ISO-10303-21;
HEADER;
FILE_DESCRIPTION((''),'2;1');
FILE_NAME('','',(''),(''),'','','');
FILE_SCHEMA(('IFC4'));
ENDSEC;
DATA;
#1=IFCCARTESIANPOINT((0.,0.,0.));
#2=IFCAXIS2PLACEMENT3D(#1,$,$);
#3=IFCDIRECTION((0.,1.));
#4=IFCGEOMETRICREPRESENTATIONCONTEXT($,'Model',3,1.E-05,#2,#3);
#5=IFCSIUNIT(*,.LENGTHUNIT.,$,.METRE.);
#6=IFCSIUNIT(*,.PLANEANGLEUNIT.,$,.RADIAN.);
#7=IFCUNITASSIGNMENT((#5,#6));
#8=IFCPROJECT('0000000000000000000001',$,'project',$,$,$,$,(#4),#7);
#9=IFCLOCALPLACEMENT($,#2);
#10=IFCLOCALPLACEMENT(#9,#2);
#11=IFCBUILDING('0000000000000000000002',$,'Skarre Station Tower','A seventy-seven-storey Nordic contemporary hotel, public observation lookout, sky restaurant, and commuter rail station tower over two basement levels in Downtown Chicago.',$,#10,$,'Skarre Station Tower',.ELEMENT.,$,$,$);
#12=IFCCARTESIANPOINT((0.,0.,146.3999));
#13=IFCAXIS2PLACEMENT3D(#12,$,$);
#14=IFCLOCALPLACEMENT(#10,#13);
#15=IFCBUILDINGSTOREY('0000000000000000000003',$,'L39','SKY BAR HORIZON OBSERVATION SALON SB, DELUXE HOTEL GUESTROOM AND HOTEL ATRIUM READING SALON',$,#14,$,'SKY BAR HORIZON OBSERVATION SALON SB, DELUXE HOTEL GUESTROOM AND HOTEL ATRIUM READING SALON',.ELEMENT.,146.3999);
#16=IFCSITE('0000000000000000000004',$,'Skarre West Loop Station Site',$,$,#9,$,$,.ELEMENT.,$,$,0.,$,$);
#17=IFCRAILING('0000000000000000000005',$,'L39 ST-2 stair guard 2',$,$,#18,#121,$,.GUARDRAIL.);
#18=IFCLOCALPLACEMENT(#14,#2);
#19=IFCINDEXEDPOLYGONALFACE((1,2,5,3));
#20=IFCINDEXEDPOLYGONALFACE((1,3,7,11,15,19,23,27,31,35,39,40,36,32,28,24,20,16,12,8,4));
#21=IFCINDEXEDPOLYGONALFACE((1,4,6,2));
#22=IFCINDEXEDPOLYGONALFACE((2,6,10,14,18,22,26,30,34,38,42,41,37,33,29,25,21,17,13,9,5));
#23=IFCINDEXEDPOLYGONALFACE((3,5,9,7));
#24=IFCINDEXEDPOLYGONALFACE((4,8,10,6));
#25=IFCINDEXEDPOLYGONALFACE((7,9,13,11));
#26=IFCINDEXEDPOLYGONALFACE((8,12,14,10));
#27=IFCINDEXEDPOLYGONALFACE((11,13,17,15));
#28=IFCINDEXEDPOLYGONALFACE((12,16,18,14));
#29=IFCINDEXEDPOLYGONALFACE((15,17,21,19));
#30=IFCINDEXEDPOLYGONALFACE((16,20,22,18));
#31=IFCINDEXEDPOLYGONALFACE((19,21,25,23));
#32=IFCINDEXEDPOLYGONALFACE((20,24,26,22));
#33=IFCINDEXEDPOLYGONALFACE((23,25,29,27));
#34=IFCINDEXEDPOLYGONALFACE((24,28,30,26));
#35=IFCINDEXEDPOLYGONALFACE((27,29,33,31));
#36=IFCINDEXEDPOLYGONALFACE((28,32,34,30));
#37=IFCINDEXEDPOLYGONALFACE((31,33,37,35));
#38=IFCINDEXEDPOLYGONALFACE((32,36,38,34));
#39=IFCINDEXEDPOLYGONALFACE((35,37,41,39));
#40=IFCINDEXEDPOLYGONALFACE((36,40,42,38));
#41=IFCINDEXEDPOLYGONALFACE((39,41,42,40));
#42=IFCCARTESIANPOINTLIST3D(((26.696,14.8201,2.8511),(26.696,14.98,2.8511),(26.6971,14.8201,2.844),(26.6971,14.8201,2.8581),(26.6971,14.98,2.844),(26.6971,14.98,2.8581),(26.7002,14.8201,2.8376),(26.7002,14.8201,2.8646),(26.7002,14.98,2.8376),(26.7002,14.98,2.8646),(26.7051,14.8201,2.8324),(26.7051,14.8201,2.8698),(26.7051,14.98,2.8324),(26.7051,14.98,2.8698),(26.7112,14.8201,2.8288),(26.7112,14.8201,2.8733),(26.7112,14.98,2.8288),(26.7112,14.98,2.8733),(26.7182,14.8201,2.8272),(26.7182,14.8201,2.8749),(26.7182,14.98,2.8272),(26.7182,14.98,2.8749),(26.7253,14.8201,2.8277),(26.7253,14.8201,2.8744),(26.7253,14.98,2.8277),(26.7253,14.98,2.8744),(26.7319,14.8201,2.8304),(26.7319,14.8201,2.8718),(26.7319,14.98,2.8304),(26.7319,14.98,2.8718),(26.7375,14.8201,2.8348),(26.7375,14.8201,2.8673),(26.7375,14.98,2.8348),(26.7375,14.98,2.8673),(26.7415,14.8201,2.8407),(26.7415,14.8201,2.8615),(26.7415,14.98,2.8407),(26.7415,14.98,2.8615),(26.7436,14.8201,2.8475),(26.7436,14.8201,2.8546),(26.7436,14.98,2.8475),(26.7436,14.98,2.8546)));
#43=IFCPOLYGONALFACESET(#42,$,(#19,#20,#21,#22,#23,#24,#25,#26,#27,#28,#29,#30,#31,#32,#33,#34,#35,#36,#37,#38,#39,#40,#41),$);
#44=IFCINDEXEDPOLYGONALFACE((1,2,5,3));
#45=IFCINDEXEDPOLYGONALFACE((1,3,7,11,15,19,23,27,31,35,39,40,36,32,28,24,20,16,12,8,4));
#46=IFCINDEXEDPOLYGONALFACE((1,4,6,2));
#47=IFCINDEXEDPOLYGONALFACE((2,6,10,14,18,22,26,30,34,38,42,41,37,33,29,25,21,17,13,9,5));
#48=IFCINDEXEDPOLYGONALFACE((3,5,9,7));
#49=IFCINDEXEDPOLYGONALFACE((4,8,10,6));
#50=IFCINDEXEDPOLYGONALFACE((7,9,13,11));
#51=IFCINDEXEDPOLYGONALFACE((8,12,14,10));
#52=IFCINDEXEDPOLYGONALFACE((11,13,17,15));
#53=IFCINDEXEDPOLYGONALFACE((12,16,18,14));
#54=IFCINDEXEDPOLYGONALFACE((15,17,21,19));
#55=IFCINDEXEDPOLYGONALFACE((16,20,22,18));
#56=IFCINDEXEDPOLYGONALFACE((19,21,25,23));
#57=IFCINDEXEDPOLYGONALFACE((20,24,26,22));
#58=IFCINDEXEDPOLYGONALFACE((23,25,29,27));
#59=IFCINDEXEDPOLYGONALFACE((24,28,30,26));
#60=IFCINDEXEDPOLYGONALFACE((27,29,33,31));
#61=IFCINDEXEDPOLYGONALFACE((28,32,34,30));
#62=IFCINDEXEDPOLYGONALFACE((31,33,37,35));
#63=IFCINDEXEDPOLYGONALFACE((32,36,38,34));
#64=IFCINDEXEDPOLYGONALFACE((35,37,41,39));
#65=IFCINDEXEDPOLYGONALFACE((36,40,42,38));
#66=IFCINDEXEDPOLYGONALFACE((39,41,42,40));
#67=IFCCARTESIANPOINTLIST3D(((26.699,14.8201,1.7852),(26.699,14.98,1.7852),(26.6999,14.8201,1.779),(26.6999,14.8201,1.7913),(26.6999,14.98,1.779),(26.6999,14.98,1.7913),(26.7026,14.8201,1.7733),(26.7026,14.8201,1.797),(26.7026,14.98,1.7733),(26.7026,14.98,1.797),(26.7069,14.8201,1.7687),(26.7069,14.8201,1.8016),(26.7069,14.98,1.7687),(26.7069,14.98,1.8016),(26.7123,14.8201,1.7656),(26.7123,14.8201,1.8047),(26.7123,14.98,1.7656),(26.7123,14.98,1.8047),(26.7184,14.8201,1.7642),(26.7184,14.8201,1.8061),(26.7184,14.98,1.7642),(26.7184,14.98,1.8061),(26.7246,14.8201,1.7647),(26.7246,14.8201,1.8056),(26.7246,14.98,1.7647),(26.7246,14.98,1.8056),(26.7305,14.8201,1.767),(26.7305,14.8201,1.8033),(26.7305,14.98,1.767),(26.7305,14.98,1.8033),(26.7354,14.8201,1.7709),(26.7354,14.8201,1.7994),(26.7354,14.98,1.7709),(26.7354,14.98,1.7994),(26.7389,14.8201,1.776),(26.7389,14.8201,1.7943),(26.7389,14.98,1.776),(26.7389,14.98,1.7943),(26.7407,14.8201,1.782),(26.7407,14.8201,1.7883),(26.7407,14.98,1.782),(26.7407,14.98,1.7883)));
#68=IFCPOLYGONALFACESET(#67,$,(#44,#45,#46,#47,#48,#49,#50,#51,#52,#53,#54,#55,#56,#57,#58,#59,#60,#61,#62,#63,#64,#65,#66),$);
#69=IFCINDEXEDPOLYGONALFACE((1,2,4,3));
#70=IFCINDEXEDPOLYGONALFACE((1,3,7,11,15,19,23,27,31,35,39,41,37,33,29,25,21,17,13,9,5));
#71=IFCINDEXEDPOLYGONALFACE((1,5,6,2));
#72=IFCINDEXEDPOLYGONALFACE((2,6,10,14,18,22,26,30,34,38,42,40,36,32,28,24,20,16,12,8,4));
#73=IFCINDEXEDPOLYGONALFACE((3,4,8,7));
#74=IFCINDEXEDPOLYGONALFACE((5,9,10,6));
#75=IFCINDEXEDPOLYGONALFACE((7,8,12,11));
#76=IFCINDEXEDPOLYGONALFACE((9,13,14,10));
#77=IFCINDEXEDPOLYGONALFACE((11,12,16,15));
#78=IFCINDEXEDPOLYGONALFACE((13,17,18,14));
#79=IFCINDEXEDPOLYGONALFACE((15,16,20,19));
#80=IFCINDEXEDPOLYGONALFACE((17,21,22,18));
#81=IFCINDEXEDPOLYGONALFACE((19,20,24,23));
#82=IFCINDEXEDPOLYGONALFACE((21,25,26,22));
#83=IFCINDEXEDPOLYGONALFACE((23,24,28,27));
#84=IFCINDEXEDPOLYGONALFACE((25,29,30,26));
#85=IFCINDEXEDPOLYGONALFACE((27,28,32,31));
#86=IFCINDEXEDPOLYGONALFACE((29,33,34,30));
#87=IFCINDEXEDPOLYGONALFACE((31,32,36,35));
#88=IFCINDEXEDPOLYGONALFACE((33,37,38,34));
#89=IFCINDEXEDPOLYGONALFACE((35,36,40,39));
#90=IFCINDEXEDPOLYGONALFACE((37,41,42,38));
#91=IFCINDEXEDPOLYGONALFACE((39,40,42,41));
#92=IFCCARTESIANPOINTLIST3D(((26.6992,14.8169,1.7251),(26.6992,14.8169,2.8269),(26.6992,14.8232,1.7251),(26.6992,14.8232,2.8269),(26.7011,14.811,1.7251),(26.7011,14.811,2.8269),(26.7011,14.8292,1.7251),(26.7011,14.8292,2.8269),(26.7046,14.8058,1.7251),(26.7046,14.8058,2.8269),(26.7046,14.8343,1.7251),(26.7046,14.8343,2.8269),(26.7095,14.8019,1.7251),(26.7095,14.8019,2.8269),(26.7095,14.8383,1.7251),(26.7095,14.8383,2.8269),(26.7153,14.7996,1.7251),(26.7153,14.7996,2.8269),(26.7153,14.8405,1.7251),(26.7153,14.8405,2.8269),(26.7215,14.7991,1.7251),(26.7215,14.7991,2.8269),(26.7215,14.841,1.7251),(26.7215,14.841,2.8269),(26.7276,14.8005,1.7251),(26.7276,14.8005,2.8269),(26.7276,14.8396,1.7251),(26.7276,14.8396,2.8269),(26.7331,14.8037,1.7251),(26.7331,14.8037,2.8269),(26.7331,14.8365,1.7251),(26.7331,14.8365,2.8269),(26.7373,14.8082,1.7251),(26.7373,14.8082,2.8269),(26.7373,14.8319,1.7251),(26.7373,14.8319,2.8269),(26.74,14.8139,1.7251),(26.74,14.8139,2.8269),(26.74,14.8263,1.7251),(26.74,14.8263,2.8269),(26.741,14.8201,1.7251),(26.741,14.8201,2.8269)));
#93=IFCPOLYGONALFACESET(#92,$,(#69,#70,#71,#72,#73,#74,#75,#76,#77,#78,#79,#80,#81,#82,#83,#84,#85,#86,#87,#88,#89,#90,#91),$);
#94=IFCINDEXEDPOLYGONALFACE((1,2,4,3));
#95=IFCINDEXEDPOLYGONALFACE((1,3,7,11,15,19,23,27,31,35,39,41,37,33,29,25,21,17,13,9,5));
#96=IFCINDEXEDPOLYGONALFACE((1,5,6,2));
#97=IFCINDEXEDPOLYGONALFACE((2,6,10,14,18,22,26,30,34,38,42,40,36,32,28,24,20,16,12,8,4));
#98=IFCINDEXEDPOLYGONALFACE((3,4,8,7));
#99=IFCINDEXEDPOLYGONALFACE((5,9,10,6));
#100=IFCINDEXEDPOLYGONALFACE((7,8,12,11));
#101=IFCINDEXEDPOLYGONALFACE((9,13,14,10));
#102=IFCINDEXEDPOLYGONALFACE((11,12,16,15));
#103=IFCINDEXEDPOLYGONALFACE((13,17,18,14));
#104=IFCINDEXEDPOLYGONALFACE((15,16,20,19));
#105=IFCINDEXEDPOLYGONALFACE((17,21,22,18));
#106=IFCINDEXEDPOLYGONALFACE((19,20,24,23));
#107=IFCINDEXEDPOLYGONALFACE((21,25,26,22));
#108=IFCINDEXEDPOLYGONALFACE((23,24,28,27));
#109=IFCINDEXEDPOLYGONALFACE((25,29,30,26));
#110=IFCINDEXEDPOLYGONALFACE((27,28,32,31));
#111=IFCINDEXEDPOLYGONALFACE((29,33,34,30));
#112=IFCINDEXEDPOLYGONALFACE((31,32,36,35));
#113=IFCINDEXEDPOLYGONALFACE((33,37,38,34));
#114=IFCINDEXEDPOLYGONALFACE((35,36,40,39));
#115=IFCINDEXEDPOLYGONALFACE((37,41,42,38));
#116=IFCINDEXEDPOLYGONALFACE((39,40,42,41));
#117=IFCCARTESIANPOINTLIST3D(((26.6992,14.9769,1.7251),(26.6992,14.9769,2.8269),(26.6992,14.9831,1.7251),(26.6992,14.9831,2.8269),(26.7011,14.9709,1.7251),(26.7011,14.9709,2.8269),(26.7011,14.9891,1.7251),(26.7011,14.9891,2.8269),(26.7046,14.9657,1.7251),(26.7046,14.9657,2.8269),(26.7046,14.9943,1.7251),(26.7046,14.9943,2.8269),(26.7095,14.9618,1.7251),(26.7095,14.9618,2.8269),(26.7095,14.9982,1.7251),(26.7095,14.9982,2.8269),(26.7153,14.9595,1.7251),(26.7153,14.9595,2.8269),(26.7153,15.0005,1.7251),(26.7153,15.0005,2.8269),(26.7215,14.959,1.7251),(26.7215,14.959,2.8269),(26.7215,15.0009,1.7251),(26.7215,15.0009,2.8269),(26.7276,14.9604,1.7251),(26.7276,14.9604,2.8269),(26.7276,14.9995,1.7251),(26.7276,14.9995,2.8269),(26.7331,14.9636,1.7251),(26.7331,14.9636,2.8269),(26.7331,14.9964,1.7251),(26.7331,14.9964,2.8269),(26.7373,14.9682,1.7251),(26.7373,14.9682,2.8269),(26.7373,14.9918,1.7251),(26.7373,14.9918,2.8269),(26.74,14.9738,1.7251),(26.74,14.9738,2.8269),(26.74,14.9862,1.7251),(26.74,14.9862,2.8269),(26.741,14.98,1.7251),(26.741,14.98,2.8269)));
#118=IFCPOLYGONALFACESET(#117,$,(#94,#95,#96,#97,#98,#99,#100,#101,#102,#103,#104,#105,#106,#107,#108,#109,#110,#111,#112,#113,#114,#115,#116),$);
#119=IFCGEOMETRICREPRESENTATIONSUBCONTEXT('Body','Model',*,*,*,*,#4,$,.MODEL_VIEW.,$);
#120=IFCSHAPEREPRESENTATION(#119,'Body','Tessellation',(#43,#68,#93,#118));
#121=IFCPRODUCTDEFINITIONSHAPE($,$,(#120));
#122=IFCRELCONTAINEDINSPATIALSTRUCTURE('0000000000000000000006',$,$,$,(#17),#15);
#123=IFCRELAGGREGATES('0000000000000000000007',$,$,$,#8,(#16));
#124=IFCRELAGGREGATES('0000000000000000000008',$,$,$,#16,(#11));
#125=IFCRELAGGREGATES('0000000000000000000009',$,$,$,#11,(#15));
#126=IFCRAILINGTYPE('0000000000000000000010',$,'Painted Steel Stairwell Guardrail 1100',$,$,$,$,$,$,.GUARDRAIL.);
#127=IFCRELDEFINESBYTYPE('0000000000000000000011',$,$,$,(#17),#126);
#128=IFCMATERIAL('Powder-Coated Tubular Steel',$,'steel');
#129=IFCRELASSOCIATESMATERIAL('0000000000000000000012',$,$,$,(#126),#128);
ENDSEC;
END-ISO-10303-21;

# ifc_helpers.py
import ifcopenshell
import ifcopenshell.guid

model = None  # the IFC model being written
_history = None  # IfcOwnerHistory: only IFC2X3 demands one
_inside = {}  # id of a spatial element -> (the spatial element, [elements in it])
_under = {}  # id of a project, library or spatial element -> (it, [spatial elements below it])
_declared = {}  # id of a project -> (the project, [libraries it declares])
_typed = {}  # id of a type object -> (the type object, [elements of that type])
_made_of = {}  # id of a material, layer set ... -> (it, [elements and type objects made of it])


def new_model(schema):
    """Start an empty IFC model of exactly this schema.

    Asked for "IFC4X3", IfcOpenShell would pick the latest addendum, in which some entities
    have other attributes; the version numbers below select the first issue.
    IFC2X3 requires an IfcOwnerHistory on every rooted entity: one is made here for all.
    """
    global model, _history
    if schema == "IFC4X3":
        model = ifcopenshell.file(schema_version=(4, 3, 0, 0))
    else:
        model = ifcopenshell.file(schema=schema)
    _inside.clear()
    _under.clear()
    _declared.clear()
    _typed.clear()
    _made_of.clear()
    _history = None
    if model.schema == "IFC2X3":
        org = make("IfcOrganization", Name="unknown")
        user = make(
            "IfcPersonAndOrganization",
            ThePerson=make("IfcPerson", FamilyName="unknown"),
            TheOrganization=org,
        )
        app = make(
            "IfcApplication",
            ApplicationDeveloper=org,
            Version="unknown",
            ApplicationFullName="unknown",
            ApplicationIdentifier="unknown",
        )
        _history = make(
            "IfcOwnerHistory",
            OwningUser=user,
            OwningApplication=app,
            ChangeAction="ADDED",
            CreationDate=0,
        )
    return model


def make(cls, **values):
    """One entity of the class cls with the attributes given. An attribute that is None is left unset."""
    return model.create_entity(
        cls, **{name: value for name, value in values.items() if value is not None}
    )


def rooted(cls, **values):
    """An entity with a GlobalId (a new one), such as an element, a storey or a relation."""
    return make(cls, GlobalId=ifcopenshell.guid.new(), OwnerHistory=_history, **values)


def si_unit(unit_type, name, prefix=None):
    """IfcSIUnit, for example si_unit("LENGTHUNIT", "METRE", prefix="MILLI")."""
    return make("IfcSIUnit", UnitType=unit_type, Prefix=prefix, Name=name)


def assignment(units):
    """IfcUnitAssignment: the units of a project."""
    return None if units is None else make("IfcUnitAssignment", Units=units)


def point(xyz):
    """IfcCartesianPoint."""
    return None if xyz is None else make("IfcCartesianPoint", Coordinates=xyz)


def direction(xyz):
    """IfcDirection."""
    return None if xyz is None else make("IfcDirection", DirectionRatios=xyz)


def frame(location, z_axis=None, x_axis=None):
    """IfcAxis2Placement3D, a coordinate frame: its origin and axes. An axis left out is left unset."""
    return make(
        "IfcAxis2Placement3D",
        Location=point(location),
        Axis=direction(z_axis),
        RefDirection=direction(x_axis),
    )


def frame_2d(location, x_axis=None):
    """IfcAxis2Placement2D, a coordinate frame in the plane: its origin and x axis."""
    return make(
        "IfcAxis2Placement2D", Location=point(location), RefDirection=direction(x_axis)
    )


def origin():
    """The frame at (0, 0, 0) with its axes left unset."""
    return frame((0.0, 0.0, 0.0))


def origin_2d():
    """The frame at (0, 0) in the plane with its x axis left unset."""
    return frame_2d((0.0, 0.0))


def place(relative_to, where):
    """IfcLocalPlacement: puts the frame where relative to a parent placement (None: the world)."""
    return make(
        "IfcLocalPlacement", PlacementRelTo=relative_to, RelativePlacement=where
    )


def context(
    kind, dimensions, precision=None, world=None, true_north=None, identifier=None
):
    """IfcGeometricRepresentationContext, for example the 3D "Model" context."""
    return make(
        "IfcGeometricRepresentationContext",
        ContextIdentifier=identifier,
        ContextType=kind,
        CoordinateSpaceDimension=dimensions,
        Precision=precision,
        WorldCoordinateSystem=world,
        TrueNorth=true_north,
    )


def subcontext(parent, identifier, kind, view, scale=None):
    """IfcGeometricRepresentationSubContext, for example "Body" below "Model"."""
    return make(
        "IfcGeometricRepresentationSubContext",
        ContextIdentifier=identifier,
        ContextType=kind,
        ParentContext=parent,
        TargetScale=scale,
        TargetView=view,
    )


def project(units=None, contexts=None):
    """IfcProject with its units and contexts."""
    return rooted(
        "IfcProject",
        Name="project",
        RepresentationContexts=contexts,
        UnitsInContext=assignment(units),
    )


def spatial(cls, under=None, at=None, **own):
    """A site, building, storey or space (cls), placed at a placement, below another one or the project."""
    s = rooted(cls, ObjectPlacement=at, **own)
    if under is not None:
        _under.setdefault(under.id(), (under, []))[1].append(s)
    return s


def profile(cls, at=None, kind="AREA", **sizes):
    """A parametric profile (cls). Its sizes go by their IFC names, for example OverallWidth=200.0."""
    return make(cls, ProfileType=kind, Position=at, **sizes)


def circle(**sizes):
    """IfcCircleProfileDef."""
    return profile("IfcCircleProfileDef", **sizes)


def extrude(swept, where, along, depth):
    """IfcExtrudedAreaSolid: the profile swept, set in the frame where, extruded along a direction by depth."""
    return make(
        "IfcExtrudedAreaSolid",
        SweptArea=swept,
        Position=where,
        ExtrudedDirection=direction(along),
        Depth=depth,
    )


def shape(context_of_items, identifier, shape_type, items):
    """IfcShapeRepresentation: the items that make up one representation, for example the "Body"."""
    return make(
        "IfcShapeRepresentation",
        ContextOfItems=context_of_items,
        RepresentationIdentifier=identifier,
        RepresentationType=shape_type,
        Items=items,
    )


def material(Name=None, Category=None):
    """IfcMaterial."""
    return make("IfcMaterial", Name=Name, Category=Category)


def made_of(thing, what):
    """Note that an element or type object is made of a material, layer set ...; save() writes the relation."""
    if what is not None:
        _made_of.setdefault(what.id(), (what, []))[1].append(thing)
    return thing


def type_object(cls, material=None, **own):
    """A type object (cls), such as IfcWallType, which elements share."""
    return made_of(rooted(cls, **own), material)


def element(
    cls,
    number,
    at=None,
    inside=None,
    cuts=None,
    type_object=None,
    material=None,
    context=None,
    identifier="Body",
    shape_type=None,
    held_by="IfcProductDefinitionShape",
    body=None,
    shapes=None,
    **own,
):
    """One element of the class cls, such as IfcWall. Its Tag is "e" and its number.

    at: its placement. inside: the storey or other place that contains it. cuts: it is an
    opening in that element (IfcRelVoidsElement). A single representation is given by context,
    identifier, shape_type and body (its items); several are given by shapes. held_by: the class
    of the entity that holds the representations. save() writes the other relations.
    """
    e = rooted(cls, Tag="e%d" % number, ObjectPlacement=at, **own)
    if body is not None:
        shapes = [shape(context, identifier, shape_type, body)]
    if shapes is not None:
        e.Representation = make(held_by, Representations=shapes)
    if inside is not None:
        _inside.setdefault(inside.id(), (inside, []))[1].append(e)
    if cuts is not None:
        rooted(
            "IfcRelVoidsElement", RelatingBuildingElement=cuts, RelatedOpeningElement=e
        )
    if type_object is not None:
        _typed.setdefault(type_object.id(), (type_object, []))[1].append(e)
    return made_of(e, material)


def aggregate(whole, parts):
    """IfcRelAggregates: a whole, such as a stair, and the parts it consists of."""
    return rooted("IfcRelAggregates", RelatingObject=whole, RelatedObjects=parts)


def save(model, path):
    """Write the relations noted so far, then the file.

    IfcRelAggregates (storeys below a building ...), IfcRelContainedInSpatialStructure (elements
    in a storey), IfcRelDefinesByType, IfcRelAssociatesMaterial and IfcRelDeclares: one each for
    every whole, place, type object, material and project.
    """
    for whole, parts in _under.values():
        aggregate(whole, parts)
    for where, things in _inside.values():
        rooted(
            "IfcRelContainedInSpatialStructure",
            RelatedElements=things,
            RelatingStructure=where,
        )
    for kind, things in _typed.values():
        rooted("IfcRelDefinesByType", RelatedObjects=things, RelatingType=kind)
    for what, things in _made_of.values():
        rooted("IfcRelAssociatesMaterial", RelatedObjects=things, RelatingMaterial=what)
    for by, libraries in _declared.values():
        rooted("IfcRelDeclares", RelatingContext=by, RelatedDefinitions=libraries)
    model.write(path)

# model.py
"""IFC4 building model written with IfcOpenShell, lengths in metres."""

from ifc_helpers import new_model, si_unit, direction, frame, origin, origin_2d, place, context, subcontext, project, spatial, circle, extrude, material, type_object, element, save


model = new_model("IFC4")

# Units and contexts
model_context = context("Model", 3, precision=1e-05, world=origin(), true_north=direction((0.0, 1.0)))
body_context = subcontext(model_context, "Body", "Model", "MODEL_VIEW")
ifc_project = project(units=[si_unit("LENGTHUNIT", "METRE"), si_unit("PLANEANGLEUNIT", "RADIAN")], contexts=[model_context])

# Site, building, storey
site_placement = place(None, origin())
site = spatial("IfcSite", under=ifc_project, at=site_placement, Name="Skarre West Loop Station Site", CompositionType="ELEMENT", RefElevation=0.0)
building_placement = place(site_placement, origin())
building = spatial("IfcBuilding", under=site, at=building_placement, Name="Skarre Station Tower", Description="A seventy-seven-storey Nordic contemporary hotel, public observation lookout, sky restaurant, and commuter rail station tower over two basement levels in Downtown Chicago.", LongName="Skarre Station Tower", CompositionType="ELEMENT")
storey_placement = place(building_placement, frame((0.0, 0.0, 146.3999)))
storey = spatial("IfcBuildingStorey", under=building, at=storey_placement, Name="L39", Description="SKY BAR HORIZON OBSERVATION SALON SB, DELUXE HOTEL GUESTROOM AND HOTEL ATRIUM READING SALON", LongName="SKY BAR HORIZON OBSERVATION SALON SB, DELUXE HOTEL GUESTROOM AND HOTEL ATRIUM READING SALON", CompositionType="ELEMENT", Elevation=146.3999)

# Railing
ifc_material_1 = material(Name="Powder-Coated Tubular Steel", Category="steel")
railing_type_1 = type_object("IfcRailingType", Name="Painted Steel Stairwell Guardrail 1100", PredefinedType="GUARDRAIL", material=ifc_material_1)
railing_1_placement = place(storey_placement, frame((26.72, 14.8201, 1.7251)))
element("IfcRailing", 1, at=railing_1_placement, inside=storey, type_object=railing_type_1, Name="L39 ST-2 stair guard 2", PredefinedType="GUARDRAIL", context=body_context, shape_type="SweptSolid", body=[
    extrude(circle(Radius=0.0239, at=origin_2d()), frame((0.0, 0.0, 1.126), z_axis=(0.0, 1.0, 0.0), x_axis=(-1.0, 0.0, 0.0)), (0.0, 0.0, 1.0), 0.1599),
    extrude(circle(Radius=0.021, at=origin_2d()), frame((0.0, 0.0, 0.0601), z_axis=(0.0, 1.0, 0.0), x_axis=(-1.0, 0.0, 0.0)), (0.0, 0.0, 1.0), 0.1599),
    extrude(circle(Radius=0.021, at=origin_2d()), origin(), (0.0, 0.0, 1.0), 1.1018),
    extrude(circle(Radius=0.021, at=origin_2d()), frame((0.0, 0.1599, 0.0)), (0.0, 0.0, 1.0), 1.1018),
])

save(model, "model.ifc")
